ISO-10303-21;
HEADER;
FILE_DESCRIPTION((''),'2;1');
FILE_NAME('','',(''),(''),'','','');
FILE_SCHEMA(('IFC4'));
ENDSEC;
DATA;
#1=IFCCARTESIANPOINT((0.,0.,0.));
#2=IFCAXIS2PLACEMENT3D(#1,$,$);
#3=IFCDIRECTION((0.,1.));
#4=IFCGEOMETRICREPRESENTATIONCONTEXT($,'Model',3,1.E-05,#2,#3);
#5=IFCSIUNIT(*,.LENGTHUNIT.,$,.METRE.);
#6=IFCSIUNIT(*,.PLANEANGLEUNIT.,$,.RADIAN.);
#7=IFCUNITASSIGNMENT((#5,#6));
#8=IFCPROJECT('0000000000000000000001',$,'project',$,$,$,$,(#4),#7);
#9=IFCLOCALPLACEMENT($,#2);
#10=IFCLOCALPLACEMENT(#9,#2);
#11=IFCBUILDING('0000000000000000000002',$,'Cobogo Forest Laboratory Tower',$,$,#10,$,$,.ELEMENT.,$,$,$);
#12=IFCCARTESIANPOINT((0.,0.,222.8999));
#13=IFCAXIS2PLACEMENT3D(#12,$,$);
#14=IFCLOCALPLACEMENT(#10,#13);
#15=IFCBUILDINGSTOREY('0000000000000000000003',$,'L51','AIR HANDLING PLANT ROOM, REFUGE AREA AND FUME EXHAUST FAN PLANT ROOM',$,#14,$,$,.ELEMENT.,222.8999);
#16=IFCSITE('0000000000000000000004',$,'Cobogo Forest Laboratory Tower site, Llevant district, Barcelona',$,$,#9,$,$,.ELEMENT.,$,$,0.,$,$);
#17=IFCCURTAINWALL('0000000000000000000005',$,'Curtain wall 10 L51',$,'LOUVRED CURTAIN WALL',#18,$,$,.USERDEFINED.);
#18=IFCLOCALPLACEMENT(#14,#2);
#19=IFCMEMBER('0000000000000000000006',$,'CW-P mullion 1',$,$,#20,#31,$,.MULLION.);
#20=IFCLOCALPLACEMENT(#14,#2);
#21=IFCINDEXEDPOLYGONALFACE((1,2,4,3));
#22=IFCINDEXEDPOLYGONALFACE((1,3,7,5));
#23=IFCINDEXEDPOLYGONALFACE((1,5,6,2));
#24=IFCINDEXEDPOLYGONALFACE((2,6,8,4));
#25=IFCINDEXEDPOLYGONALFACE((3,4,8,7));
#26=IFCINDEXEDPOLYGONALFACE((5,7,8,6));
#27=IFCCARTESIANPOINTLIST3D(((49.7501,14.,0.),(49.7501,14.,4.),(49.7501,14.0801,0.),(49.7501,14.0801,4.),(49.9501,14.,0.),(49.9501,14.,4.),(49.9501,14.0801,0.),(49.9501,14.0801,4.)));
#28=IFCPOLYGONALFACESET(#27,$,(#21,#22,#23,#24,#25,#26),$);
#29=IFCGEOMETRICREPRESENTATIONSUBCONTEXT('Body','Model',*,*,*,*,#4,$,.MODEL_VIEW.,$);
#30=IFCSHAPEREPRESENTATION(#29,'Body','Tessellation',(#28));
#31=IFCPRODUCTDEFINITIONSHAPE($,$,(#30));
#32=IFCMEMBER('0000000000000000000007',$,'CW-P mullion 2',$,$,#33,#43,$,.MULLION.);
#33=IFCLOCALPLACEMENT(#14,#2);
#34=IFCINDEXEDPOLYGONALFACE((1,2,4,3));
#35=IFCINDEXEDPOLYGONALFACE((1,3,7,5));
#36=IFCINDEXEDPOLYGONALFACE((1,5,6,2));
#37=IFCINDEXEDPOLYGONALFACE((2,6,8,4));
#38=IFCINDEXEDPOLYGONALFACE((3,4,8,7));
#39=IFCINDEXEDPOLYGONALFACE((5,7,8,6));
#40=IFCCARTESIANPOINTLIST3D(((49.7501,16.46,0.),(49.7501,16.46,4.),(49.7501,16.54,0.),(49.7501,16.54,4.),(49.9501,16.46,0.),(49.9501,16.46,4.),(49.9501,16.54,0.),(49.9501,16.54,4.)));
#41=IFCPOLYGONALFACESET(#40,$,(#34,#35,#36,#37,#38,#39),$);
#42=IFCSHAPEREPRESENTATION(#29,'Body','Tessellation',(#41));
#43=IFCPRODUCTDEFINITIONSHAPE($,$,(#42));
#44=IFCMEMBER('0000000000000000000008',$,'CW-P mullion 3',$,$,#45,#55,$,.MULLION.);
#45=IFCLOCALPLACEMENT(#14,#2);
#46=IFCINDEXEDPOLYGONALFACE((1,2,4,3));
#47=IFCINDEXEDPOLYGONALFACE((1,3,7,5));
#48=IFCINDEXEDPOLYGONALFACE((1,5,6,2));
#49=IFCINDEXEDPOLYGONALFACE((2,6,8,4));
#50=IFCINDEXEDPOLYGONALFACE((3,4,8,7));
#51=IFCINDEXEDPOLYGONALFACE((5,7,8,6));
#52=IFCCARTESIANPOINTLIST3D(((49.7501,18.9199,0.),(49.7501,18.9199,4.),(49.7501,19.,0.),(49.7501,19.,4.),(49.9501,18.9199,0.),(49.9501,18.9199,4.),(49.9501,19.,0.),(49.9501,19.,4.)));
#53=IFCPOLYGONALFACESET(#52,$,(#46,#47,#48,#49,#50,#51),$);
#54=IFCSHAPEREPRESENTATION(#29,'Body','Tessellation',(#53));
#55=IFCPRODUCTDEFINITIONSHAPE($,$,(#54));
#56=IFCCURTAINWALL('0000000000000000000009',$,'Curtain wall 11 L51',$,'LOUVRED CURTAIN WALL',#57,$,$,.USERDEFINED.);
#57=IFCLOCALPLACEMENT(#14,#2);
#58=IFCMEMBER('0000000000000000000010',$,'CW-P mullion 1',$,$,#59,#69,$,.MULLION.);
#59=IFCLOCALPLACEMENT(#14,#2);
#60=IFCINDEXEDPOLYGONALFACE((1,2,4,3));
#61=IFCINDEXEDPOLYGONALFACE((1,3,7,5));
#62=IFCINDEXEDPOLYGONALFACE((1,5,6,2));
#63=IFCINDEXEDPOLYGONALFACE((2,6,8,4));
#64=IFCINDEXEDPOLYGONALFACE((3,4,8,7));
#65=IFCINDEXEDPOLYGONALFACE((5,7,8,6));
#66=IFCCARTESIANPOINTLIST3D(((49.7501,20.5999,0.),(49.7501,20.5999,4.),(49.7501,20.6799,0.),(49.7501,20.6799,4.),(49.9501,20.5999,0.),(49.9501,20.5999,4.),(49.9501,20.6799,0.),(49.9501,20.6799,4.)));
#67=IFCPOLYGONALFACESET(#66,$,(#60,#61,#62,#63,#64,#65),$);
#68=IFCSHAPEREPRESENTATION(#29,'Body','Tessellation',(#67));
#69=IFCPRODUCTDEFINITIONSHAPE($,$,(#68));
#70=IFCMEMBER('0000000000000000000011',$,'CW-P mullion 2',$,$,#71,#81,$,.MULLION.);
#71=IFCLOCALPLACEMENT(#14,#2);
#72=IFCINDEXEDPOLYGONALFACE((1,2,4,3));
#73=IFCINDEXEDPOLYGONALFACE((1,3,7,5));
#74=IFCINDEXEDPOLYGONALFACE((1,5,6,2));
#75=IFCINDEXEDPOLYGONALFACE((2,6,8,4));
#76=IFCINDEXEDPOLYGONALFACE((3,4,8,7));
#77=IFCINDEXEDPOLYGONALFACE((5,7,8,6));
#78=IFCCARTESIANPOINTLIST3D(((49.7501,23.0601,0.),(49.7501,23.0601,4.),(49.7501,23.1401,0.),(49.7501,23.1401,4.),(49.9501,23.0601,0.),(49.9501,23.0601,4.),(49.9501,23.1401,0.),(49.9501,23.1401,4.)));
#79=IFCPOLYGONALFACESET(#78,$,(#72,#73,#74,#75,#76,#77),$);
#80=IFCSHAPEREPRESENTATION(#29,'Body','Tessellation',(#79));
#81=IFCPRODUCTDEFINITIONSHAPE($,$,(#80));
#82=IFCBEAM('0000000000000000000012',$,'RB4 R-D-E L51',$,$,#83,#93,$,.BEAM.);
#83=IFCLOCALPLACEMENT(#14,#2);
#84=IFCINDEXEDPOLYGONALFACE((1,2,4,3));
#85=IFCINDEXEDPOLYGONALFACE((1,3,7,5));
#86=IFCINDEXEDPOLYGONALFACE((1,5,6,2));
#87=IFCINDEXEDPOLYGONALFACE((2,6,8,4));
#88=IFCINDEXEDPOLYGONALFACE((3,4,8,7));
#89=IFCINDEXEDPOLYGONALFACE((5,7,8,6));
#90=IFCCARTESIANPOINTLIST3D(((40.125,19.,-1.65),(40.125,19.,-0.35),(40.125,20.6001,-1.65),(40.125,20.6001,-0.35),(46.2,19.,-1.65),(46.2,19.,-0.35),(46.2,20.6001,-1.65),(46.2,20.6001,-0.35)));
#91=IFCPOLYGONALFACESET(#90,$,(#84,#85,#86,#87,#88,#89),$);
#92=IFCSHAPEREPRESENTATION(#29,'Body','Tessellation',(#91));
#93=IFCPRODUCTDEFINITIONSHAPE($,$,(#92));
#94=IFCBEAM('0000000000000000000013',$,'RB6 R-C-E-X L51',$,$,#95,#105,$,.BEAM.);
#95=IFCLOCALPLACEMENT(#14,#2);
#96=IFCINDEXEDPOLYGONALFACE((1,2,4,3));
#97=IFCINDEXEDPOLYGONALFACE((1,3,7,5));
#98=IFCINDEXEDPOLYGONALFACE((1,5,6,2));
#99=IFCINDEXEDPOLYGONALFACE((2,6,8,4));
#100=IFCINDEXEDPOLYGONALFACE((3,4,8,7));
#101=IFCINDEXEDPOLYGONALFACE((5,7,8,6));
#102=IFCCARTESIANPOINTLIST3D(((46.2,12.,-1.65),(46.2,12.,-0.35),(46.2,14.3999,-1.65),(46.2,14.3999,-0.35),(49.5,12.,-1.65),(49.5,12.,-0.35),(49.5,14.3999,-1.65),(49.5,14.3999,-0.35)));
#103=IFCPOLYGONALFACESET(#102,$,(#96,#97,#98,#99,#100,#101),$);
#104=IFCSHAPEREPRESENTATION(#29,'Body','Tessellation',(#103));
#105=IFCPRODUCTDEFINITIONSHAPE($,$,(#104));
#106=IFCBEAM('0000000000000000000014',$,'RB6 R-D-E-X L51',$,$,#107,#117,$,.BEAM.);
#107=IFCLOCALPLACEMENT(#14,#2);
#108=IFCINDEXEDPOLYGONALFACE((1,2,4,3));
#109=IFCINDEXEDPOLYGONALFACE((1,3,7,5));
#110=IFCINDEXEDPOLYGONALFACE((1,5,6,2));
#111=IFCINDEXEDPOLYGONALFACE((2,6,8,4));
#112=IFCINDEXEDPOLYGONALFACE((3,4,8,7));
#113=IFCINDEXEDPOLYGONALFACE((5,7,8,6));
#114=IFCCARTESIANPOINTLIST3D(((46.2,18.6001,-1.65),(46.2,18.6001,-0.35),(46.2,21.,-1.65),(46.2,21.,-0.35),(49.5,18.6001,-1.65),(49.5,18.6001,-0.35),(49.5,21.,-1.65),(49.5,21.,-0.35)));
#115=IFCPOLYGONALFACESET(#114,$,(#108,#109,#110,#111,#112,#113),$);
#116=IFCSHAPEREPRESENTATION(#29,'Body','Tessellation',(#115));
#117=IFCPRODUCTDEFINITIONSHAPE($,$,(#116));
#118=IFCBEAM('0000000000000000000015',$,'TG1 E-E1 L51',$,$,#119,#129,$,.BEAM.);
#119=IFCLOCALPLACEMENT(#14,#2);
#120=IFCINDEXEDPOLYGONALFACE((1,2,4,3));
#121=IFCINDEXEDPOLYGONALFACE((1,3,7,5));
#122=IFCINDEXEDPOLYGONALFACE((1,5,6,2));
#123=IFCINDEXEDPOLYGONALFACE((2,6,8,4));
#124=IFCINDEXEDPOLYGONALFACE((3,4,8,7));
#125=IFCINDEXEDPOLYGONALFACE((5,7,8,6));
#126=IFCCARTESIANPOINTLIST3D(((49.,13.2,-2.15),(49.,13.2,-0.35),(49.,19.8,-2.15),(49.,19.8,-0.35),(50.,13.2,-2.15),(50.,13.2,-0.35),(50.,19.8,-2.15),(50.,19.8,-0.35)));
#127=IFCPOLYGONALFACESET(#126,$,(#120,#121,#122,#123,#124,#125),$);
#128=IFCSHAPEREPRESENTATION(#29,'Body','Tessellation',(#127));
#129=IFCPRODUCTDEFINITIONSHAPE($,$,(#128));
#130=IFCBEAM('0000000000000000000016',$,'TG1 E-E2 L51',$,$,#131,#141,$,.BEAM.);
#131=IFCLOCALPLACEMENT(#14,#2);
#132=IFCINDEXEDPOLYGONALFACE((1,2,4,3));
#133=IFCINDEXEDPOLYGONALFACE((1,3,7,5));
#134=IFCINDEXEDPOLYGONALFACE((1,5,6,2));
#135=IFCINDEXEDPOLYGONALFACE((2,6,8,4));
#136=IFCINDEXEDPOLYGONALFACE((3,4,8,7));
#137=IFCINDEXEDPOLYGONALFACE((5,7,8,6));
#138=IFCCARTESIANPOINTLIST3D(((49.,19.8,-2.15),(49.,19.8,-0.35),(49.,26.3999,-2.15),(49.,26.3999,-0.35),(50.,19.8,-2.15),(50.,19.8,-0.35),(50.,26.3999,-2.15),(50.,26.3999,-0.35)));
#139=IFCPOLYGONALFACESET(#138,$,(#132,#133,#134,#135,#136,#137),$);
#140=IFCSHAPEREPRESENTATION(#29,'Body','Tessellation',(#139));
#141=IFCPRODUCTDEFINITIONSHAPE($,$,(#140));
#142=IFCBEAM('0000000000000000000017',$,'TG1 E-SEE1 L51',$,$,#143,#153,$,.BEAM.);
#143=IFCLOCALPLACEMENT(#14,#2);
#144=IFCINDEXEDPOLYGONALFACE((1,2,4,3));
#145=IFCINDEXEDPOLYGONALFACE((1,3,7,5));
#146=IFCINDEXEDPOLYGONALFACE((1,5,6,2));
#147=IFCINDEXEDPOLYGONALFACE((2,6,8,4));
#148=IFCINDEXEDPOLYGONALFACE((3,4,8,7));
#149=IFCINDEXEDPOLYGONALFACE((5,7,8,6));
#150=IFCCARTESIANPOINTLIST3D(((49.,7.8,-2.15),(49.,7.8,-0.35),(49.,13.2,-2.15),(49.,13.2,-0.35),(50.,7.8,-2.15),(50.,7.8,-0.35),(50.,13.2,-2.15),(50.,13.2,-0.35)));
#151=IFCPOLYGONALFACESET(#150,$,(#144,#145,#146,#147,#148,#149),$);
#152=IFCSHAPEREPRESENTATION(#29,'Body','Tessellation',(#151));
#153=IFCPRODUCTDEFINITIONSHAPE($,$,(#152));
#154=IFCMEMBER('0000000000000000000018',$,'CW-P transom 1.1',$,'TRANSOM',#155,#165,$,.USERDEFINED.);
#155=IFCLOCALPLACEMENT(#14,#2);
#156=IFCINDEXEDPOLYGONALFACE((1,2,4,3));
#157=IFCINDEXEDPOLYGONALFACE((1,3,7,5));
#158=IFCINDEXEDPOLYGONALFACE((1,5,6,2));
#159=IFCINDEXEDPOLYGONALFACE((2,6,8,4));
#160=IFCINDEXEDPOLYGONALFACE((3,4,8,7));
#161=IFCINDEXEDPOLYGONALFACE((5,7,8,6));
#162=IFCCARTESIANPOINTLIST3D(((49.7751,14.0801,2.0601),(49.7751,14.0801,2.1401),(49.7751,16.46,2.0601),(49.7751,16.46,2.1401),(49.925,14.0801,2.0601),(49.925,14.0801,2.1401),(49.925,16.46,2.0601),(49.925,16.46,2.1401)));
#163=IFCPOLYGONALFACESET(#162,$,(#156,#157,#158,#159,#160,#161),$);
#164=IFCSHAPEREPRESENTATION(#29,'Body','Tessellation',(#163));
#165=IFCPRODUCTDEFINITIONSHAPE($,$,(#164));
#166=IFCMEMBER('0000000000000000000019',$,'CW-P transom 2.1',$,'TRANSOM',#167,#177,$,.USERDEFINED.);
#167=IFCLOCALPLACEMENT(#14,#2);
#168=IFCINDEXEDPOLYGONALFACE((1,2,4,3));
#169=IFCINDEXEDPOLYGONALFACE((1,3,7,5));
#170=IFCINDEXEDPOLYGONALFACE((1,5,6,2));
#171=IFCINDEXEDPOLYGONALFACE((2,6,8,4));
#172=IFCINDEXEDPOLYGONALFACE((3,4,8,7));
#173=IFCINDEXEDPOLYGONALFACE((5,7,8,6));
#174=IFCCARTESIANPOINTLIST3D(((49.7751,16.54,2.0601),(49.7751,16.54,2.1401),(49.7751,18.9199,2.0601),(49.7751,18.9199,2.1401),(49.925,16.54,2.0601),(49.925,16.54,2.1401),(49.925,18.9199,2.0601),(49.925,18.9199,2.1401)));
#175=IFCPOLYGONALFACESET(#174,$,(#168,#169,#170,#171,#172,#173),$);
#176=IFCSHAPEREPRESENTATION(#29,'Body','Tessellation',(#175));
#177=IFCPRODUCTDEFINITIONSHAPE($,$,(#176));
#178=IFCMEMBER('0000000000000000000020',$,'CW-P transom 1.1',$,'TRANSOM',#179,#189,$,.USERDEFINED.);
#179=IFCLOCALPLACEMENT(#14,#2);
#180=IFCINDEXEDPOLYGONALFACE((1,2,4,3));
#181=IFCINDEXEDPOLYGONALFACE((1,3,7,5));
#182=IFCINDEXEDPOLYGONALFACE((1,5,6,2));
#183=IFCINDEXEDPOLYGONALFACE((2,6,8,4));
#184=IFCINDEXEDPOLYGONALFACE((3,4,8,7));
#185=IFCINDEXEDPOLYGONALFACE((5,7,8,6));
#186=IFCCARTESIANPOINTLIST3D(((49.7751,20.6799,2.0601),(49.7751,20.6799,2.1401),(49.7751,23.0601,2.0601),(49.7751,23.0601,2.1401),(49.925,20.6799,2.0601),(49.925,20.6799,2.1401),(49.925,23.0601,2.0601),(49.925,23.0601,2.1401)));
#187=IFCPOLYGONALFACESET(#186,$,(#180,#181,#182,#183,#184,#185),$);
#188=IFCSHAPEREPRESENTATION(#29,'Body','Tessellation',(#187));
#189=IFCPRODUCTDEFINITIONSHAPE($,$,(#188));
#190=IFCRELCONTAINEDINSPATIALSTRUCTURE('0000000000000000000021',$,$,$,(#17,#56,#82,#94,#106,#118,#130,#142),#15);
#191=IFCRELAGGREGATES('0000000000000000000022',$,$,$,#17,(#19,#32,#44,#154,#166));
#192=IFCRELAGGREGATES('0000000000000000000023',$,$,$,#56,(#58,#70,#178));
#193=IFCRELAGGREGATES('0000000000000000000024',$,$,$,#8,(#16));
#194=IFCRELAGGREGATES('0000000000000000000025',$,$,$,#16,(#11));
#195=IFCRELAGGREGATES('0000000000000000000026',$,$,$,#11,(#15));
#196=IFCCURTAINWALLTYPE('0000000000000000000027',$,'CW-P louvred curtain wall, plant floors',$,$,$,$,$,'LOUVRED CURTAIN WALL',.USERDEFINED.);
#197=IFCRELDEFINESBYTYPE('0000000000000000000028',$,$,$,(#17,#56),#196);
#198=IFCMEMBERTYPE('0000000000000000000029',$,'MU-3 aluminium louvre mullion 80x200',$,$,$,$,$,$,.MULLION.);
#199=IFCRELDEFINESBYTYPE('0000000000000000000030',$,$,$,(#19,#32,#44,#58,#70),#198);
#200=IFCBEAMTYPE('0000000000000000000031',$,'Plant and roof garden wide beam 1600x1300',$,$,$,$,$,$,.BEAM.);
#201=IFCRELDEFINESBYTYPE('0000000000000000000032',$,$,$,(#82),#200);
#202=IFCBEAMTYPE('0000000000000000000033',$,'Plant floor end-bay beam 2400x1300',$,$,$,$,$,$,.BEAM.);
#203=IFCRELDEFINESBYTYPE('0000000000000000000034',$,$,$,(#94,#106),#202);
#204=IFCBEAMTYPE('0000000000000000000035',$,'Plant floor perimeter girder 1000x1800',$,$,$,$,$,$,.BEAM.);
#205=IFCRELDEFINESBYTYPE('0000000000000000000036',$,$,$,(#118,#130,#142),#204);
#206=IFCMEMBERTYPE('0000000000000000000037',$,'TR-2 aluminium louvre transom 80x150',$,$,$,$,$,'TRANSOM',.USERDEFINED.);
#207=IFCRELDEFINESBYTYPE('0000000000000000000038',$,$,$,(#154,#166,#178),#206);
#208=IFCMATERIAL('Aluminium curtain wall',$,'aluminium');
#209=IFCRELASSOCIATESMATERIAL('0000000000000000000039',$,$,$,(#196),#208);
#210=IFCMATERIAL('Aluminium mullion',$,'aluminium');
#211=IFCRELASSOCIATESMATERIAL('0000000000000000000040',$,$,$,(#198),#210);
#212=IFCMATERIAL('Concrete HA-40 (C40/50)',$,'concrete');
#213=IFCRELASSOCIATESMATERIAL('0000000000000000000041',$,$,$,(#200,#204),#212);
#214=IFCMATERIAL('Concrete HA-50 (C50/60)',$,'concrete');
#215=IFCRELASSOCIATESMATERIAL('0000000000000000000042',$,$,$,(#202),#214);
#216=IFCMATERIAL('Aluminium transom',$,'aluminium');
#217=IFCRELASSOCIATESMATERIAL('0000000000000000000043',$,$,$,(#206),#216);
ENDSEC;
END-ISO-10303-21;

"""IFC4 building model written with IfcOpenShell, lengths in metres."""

from ifc_helpers import new_model, si_unit, direction, frame, origin, origin_2d, place, context, subcontext, project, spatial, rectangle, extrude, material, material_profile, profile_set, type_object, element, aggregate, save


model = new_model("IFC4")

# Units and contexts
model_context = context("Model", 3, precision=1e-05, world=origin(), true_north=direction((0.0, 1.0)))
body_context = subcontext(model_context, "Body", "Model", "MODEL_VIEW")
ifc_project = project(units=[si_unit("LENGTHUNIT", "METRE"), si_unit("PLANEANGLEUNIT", "RADIAN")], contexts=[model_context])

# Site, building, storey
site_placement = place(None, origin())
site = spatial("IfcSite", under=ifc_project, at=site_placement, Name="Cobogo Forest Laboratory Tower site, Llevant district, Barcelona", CompositionType="ELEMENT", RefElevation=0.0)
building_placement = place(site_placement, origin())
building = spatial("IfcBuilding", under=site, at=building_placement, Name="Cobogo Forest Laboratory Tower", CompositionType="ELEMENT")
storey_placement = place(building_placement, frame((0.0, 0.0, 222.8999)))
storey = spatial("IfcBuildingStorey", under=building, at=storey_placement, Name="L51", Description="AIR HANDLING PLANT ROOM, REFUGE AREA AND FUME EXHAUST FAN PLANT ROOM", CompositionType="ELEMENT", Elevation=222.8999)

# Shared definitions
ifc_material_1 = material(Name="Concrete HA-50 (C50/60)", Category="concrete")

# Shared definitions
ifc_material_2 = material(Name="Aluminium curtain wall", Category="aluminium")
curtain_wall_type = type_object("IfcCurtainWallType", Name="CW-P louvred curtain wall, plant floors", ElementType="LOUVRED CURTAIN WALL", PredefinedType="USERDEFINED", material=ifc_material_2)
ifc_material_3 = material(Name="Aluminium mullion", Category="aluminium")
ifc_material_profile_1 = material_profile(ifc_material_3, rectangle(XDim=0.0801, YDim=0.2, at=origin_2d()), Name="AL 80x200")
ifc_profile_set_1 = profile_set([ifc_material_profile_1], Name="Aluminium mullion")
member_type_1 = type_object("IfcMemberType", Name="MU-3 aluminium louvre mullion 80x200", PredefinedType="MULLION", material=ifc_profile_set_1)

# Curtain walls, members
curtain_wall_1_placement = place(storey_placement, origin())
curtain_wall_1 = element("IfcCurtainWall", 1, at=curtain_wall_1_placement, inside=storey, type_object=curtain_wall_type, Name="Curtain wall 10 L51", ObjectType="LOUVRED CURTAIN WALL", PredefinedType="USERDEFINED")
member_1_placement = place(storey_placement, frame((49.8501, 14.04, 0.0), z_axis=(0.0, 0.0, 1.0), x_axis=(0.0, 1.0, 0.0)))
member_1 = element("IfcMember", 2, at=member_1_placement, type_object=member_type_1, Name="CW-P mullion 1", PredefinedType="MULLION", context=body_context, shape_type="SweptSolid", body=[
    extrude(rectangle(XDim=0.0801, YDim=0.2, at=origin_2d()), origin(), (0.0, 0.0, 1.0), 4.0),
])
member_2_placement = place(storey_placement, frame((49.8501, 16.5, 0.0), z_axis=(0.0, 0.0, 1.0), x_axis=(0.0, 1.0, 0.0)))
member_2 = element("IfcMember", 3, at=member_2_placement, type_object=member_type_1, Name="CW-P mullion 2", PredefinedType="MULLION", context=body_context, shape_type="SweptSolid", body=[
    extrude(rectangle(XDim=0.0801, YDim=0.2, at=origin_2d()), origin(), (0.0, 0.0, 1.0), 4.0),
])
member_3_placement = place(storey_placement, frame((49.8501, 18.96, 0.0), z_axis=(0.0, 0.0, 1.0), x_axis=(0.0, 1.0, 0.0)))
member_3 = element("IfcMember", 4, at=member_3_placement, type_object=member_type_1, Name="CW-P mullion 3", PredefinedType="MULLION", context=body_context, shape_type="SweptSolid", body=[
    extrude(rectangle(XDim=0.0801, YDim=0.2, at=origin_2d()), origin(), (0.0, 0.0, 1.0), 4.0),
])
curtain_wall_2_placement = place(storey_placement, origin())
curtain_wall_2 = element("IfcCurtainWall", 5, at=curtain_wall_2_placement, inside=storey, type_object=curtain_wall_type, Name="Curtain wall 11 L51", ObjectType="LOUVRED CURTAIN WALL", PredefinedType="USERDEFINED")
member_4_placement = place(storey_placement, frame((49.8501, 20.6399, 0.0), z_axis=(0.0, 0.0, 1.0), x_axis=(0.0, 1.0, 0.0)))
member_4 = element("IfcMember", 6, at=member_4_placement, type_object=member_type_1, Name="CW-P mullion 1", PredefinedType="MULLION", context=body_context, shape_type="SweptSolid", body=[
    extrude(rectangle(XDim=0.0801, YDim=0.2, at=origin_2d()), origin(), (0.0, 0.0, 1.0), 4.0),
])
member_5_placement = place(storey_placement, frame((49.8501, 23.1001, 0.0), z_axis=(0.0, 0.0, 1.0), x_axis=(0.0, 1.0, 0.0)))
member_5 = element("IfcMember", 7, at=member_5_placement, type_object=member_type_1, Name="CW-P mullion 2", PredefinedType="MULLION", context=body_context, shape_type="SweptSolid", body=[
    extrude(rectangle(XDim=0.0801, YDim=0.2, at=origin_2d()), origin(), (0.0, 0.0, 1.0), 4.0),
])

# Beams
ifc_material_4 = material(Name="Concrete HA-40 (C40/50)", Category="concrete")
ifc_material_profile_2 = material_profile(ifc_material_4, rectangle(XDim=1.6001, YDim=1.3, at=origin_2d()), Name="RC 1600x1300")
ifc_profile_set_2 = profile_set([ifc_material_profile_2], Name="Concrete HA-40 (C40/50)")
beam_type_1 = type_object("IfcBeamType", Name="Plant and roof garden wide beam 1600x1300", PredefinedType="BEAM", material=ifc_profile_set_2)
beam_1_placement = place(storey_placement, frame((40.125, 19.8, -1.0), z_axis=(1.0, 0.0, 0.0), x_axis=(0.0, 1.0, 0.0)))
element("IfcBeam", 8, at=beam_1_placement, inside=storey, type_object=beam_type_1, Name="RB4 R-D-E L51", PredefinedType="BEAM", context=body_context, shape_type="SweptSolid", body=[
    extrude(rectangle(XDim=1.6001, YDim=1.3, at=origin_2d()), origin(), (0.0, 0.0, 1.0), 6.075),
])
ifc_material_profile_3 = material_profile(ifc_material_1, rectangle(XDim=2.3999, YDim=1.3, at=origin_2d()), Name="RC 2400x1300")
ifc_profile_set_3 = profile_set([ifc_material_profile_3], Name="Concrete HA-50 (C50/60)")
beam_type_2 = type_object("IfcBeamType", Name="Plant floor end-bay beam 2400x1300", PredefinedType="BEAM", material=ifc_profile_set_3)
for number, where, z_axis, x_axis, name in (
    (9, (49.5, 13.2, -1.0), (-1.0, 0.0, 0.0), (0.0, -1.0, 0.0), "RB6 R-C-E-X L51"),
    (10, (49.5, 19.8, -1.0), (-1.0, 0.0, 0.0), (0.0, -1.0, 0.0), "RB6 R-D-E-X L51"),
):
    element("IfcBeam", number, at=place(storey_placement, frame(where, z_axis=z_axis, x_axis=x_axis)), inside=storey, type_object=beam_type_2, Name=name, PredefinedType="BEAM", context=body_context, shape_type="SweptSolid", body=[
        extrude(rectangle(XDim=2.3999, YDim=1.3, at=origin_2d()), origin(), (0.0, 0.0, 1.0), 3.3),
    ])
ifc_material_profile_4 = material_profile(ifc_material_4, rectangle(XDim=1.0, YDim=1.8, at=origin_2d()), Name="RC 1000x1800")
ifc_profile_set_4 = profile_set([ifc_material_profile_4], Name="Concrete HA-40 (C40/50)")
beam_type_3 = type_object("IfcBeamType", Name="Plant floor perimeter girder 1000x1800", PredefinedType="BEAM", material=ifc_profile_set_4)
beam_2_placement = place(storey_placement, frame((49.5, 13.2, -1.25), z_axis=(0.0, 1.0, 0.0), x_axis=(-1.0, 0.0, 0.0)))
element("IfcBeam", 11, at=beam_2_placement, inside=storey, type_object=beam_type_3, Name="TG1 E-E1 L51", PredefinedType="BEAM", context=body_context, shape_type="SweptSolid", body=[
    extrude(rectangle(XDim=1.0, YDim=1.8, at=origin_2d()), origin(), (0.0, 0.0, 1.0), 6.6001),
])
beam_3_placement = place(storey_placement, frame((49.5, 19.8, -1.25), z_axis=(0.0, 1.0, 0.0), x_axis=(-1.0, 0.0, 0.0)))
element("IfcBeam", 12, at=beam_3_placement, inside=storey, type_object=beam_type_3, Name="TG1 E-E2 L51", PredefinedType="BEAM", context=body_context, shape_type="SweptSolid", body=[
    extrude(rectangle(XDim=1.0, YDim=1.8, at=origin_2d()), origin(), (0.0, 0.0, 1.0), 6.5999),
])
beam_4_placement = place(storey_placement, frame((49.5, 13.2, -1.25), z_axis=(0.0, -1.0, 0.0), x_axis=(1.0, 0.0, 0.0)))
element("IfcBeam", 13, at=beam_4_placement, inside=storey, type_object=beam_type_3, Name="TG1 E-SEE1 L51", PredefinedType="BEAM", context=body_context, shape_type="SweptSolid", body=[
    extrude(rectangle(XDim=1.0, YDim=1.8, at=origin_2d()), origin(), (0.0, 0.0, 1.0), 5.3999),
])

# Members
ifc_material_5 = material(Name="Aluminium transom", Category="aluminium")
ifc_material_profile_5 = material_profile(ifc_material_5, rectangle(XDim=0.1499, YDim=0.0801, at=origin_2d()), Name="AL 80x150")
ifc_profile_set_5 = profile_set([ifc_material_profile_5], Name="Aluminium transom")
member_type_2 = type_object("IfcMemberType", Name="TR-2 aluminium louvre transom 80x150", ElementType="TRANSOM", PredefinedType="USERDEFINED", material=ifc_profile_set_5)
member_6_placement = place(storey_placement, frame((49.8501, 14.0801, 2.1001), z_axis=(0.0, 1.0, 0.0), x_axis=(-1.0, 0.0, 0.0)))
member_6 = element("IfcMember", 14, at=member_6_placement, type_object=member_type_2, Name="CW-P transom 1.1", ObjectType="TRANSOM", PredefinedType="USERDEFINED", context=body_context, shape_type="SweptSolid", body=[
    extrude(rectangle(XDim=0.1499, YDim=0.0801, at=origin_2d()), origin(), (0.0, 0.0, 1.0), 2.3799),
])
member_7_placement = place(storey_placement, frame((49.8501, 16.54, 2.1001), z_axis=(0.0, 1.0, 0.0), x_axis=(-1.0, 0.0, 0.0)))
member_7 = element("IfcMember", 15, at=member_7_placement, type_object=member_type_2, Name="CW-P transom 2.1", ObjectType="TRANSOM", PredefinedType="USERDEFINED", context=body_context, shape_type="SweptSolid", body=[
    extrude(rectangle(XDim=0.1499, YDim=0.0801, at=origin_2d()), origin(), (0.0, 0.0, 1.0), 2.3799),
])
member_8_placement = place(storey_placement, frame((49.8501, 20.6799, 2.1001), z_axis=(0.0, 1.0, 0.0), x_axis=(-1.0, 0.0, 0.0)))
member_8 = element("IfcMember", 16, at=member_8_placement, type_object=member_type_2, Name="CW-P transom 1.1", ObjectType="TRANSOM", PredefinedType="USERDEFINED", context=body_context, shape_type="SweptSolid", body=[
    extrude(rectangle(XDim=0.1499, YDim=0.0801, at=origin_2d()), origin(), (0.0, 0.0, 1.0), 2.3801),
])

aggregate(curtain_wall_1, [member_1, member_2, member_3, member_6, member_7])
aggregate(curtain_wall_2, [member_4, member_5, member_8])

save(model, "model.ifc")
